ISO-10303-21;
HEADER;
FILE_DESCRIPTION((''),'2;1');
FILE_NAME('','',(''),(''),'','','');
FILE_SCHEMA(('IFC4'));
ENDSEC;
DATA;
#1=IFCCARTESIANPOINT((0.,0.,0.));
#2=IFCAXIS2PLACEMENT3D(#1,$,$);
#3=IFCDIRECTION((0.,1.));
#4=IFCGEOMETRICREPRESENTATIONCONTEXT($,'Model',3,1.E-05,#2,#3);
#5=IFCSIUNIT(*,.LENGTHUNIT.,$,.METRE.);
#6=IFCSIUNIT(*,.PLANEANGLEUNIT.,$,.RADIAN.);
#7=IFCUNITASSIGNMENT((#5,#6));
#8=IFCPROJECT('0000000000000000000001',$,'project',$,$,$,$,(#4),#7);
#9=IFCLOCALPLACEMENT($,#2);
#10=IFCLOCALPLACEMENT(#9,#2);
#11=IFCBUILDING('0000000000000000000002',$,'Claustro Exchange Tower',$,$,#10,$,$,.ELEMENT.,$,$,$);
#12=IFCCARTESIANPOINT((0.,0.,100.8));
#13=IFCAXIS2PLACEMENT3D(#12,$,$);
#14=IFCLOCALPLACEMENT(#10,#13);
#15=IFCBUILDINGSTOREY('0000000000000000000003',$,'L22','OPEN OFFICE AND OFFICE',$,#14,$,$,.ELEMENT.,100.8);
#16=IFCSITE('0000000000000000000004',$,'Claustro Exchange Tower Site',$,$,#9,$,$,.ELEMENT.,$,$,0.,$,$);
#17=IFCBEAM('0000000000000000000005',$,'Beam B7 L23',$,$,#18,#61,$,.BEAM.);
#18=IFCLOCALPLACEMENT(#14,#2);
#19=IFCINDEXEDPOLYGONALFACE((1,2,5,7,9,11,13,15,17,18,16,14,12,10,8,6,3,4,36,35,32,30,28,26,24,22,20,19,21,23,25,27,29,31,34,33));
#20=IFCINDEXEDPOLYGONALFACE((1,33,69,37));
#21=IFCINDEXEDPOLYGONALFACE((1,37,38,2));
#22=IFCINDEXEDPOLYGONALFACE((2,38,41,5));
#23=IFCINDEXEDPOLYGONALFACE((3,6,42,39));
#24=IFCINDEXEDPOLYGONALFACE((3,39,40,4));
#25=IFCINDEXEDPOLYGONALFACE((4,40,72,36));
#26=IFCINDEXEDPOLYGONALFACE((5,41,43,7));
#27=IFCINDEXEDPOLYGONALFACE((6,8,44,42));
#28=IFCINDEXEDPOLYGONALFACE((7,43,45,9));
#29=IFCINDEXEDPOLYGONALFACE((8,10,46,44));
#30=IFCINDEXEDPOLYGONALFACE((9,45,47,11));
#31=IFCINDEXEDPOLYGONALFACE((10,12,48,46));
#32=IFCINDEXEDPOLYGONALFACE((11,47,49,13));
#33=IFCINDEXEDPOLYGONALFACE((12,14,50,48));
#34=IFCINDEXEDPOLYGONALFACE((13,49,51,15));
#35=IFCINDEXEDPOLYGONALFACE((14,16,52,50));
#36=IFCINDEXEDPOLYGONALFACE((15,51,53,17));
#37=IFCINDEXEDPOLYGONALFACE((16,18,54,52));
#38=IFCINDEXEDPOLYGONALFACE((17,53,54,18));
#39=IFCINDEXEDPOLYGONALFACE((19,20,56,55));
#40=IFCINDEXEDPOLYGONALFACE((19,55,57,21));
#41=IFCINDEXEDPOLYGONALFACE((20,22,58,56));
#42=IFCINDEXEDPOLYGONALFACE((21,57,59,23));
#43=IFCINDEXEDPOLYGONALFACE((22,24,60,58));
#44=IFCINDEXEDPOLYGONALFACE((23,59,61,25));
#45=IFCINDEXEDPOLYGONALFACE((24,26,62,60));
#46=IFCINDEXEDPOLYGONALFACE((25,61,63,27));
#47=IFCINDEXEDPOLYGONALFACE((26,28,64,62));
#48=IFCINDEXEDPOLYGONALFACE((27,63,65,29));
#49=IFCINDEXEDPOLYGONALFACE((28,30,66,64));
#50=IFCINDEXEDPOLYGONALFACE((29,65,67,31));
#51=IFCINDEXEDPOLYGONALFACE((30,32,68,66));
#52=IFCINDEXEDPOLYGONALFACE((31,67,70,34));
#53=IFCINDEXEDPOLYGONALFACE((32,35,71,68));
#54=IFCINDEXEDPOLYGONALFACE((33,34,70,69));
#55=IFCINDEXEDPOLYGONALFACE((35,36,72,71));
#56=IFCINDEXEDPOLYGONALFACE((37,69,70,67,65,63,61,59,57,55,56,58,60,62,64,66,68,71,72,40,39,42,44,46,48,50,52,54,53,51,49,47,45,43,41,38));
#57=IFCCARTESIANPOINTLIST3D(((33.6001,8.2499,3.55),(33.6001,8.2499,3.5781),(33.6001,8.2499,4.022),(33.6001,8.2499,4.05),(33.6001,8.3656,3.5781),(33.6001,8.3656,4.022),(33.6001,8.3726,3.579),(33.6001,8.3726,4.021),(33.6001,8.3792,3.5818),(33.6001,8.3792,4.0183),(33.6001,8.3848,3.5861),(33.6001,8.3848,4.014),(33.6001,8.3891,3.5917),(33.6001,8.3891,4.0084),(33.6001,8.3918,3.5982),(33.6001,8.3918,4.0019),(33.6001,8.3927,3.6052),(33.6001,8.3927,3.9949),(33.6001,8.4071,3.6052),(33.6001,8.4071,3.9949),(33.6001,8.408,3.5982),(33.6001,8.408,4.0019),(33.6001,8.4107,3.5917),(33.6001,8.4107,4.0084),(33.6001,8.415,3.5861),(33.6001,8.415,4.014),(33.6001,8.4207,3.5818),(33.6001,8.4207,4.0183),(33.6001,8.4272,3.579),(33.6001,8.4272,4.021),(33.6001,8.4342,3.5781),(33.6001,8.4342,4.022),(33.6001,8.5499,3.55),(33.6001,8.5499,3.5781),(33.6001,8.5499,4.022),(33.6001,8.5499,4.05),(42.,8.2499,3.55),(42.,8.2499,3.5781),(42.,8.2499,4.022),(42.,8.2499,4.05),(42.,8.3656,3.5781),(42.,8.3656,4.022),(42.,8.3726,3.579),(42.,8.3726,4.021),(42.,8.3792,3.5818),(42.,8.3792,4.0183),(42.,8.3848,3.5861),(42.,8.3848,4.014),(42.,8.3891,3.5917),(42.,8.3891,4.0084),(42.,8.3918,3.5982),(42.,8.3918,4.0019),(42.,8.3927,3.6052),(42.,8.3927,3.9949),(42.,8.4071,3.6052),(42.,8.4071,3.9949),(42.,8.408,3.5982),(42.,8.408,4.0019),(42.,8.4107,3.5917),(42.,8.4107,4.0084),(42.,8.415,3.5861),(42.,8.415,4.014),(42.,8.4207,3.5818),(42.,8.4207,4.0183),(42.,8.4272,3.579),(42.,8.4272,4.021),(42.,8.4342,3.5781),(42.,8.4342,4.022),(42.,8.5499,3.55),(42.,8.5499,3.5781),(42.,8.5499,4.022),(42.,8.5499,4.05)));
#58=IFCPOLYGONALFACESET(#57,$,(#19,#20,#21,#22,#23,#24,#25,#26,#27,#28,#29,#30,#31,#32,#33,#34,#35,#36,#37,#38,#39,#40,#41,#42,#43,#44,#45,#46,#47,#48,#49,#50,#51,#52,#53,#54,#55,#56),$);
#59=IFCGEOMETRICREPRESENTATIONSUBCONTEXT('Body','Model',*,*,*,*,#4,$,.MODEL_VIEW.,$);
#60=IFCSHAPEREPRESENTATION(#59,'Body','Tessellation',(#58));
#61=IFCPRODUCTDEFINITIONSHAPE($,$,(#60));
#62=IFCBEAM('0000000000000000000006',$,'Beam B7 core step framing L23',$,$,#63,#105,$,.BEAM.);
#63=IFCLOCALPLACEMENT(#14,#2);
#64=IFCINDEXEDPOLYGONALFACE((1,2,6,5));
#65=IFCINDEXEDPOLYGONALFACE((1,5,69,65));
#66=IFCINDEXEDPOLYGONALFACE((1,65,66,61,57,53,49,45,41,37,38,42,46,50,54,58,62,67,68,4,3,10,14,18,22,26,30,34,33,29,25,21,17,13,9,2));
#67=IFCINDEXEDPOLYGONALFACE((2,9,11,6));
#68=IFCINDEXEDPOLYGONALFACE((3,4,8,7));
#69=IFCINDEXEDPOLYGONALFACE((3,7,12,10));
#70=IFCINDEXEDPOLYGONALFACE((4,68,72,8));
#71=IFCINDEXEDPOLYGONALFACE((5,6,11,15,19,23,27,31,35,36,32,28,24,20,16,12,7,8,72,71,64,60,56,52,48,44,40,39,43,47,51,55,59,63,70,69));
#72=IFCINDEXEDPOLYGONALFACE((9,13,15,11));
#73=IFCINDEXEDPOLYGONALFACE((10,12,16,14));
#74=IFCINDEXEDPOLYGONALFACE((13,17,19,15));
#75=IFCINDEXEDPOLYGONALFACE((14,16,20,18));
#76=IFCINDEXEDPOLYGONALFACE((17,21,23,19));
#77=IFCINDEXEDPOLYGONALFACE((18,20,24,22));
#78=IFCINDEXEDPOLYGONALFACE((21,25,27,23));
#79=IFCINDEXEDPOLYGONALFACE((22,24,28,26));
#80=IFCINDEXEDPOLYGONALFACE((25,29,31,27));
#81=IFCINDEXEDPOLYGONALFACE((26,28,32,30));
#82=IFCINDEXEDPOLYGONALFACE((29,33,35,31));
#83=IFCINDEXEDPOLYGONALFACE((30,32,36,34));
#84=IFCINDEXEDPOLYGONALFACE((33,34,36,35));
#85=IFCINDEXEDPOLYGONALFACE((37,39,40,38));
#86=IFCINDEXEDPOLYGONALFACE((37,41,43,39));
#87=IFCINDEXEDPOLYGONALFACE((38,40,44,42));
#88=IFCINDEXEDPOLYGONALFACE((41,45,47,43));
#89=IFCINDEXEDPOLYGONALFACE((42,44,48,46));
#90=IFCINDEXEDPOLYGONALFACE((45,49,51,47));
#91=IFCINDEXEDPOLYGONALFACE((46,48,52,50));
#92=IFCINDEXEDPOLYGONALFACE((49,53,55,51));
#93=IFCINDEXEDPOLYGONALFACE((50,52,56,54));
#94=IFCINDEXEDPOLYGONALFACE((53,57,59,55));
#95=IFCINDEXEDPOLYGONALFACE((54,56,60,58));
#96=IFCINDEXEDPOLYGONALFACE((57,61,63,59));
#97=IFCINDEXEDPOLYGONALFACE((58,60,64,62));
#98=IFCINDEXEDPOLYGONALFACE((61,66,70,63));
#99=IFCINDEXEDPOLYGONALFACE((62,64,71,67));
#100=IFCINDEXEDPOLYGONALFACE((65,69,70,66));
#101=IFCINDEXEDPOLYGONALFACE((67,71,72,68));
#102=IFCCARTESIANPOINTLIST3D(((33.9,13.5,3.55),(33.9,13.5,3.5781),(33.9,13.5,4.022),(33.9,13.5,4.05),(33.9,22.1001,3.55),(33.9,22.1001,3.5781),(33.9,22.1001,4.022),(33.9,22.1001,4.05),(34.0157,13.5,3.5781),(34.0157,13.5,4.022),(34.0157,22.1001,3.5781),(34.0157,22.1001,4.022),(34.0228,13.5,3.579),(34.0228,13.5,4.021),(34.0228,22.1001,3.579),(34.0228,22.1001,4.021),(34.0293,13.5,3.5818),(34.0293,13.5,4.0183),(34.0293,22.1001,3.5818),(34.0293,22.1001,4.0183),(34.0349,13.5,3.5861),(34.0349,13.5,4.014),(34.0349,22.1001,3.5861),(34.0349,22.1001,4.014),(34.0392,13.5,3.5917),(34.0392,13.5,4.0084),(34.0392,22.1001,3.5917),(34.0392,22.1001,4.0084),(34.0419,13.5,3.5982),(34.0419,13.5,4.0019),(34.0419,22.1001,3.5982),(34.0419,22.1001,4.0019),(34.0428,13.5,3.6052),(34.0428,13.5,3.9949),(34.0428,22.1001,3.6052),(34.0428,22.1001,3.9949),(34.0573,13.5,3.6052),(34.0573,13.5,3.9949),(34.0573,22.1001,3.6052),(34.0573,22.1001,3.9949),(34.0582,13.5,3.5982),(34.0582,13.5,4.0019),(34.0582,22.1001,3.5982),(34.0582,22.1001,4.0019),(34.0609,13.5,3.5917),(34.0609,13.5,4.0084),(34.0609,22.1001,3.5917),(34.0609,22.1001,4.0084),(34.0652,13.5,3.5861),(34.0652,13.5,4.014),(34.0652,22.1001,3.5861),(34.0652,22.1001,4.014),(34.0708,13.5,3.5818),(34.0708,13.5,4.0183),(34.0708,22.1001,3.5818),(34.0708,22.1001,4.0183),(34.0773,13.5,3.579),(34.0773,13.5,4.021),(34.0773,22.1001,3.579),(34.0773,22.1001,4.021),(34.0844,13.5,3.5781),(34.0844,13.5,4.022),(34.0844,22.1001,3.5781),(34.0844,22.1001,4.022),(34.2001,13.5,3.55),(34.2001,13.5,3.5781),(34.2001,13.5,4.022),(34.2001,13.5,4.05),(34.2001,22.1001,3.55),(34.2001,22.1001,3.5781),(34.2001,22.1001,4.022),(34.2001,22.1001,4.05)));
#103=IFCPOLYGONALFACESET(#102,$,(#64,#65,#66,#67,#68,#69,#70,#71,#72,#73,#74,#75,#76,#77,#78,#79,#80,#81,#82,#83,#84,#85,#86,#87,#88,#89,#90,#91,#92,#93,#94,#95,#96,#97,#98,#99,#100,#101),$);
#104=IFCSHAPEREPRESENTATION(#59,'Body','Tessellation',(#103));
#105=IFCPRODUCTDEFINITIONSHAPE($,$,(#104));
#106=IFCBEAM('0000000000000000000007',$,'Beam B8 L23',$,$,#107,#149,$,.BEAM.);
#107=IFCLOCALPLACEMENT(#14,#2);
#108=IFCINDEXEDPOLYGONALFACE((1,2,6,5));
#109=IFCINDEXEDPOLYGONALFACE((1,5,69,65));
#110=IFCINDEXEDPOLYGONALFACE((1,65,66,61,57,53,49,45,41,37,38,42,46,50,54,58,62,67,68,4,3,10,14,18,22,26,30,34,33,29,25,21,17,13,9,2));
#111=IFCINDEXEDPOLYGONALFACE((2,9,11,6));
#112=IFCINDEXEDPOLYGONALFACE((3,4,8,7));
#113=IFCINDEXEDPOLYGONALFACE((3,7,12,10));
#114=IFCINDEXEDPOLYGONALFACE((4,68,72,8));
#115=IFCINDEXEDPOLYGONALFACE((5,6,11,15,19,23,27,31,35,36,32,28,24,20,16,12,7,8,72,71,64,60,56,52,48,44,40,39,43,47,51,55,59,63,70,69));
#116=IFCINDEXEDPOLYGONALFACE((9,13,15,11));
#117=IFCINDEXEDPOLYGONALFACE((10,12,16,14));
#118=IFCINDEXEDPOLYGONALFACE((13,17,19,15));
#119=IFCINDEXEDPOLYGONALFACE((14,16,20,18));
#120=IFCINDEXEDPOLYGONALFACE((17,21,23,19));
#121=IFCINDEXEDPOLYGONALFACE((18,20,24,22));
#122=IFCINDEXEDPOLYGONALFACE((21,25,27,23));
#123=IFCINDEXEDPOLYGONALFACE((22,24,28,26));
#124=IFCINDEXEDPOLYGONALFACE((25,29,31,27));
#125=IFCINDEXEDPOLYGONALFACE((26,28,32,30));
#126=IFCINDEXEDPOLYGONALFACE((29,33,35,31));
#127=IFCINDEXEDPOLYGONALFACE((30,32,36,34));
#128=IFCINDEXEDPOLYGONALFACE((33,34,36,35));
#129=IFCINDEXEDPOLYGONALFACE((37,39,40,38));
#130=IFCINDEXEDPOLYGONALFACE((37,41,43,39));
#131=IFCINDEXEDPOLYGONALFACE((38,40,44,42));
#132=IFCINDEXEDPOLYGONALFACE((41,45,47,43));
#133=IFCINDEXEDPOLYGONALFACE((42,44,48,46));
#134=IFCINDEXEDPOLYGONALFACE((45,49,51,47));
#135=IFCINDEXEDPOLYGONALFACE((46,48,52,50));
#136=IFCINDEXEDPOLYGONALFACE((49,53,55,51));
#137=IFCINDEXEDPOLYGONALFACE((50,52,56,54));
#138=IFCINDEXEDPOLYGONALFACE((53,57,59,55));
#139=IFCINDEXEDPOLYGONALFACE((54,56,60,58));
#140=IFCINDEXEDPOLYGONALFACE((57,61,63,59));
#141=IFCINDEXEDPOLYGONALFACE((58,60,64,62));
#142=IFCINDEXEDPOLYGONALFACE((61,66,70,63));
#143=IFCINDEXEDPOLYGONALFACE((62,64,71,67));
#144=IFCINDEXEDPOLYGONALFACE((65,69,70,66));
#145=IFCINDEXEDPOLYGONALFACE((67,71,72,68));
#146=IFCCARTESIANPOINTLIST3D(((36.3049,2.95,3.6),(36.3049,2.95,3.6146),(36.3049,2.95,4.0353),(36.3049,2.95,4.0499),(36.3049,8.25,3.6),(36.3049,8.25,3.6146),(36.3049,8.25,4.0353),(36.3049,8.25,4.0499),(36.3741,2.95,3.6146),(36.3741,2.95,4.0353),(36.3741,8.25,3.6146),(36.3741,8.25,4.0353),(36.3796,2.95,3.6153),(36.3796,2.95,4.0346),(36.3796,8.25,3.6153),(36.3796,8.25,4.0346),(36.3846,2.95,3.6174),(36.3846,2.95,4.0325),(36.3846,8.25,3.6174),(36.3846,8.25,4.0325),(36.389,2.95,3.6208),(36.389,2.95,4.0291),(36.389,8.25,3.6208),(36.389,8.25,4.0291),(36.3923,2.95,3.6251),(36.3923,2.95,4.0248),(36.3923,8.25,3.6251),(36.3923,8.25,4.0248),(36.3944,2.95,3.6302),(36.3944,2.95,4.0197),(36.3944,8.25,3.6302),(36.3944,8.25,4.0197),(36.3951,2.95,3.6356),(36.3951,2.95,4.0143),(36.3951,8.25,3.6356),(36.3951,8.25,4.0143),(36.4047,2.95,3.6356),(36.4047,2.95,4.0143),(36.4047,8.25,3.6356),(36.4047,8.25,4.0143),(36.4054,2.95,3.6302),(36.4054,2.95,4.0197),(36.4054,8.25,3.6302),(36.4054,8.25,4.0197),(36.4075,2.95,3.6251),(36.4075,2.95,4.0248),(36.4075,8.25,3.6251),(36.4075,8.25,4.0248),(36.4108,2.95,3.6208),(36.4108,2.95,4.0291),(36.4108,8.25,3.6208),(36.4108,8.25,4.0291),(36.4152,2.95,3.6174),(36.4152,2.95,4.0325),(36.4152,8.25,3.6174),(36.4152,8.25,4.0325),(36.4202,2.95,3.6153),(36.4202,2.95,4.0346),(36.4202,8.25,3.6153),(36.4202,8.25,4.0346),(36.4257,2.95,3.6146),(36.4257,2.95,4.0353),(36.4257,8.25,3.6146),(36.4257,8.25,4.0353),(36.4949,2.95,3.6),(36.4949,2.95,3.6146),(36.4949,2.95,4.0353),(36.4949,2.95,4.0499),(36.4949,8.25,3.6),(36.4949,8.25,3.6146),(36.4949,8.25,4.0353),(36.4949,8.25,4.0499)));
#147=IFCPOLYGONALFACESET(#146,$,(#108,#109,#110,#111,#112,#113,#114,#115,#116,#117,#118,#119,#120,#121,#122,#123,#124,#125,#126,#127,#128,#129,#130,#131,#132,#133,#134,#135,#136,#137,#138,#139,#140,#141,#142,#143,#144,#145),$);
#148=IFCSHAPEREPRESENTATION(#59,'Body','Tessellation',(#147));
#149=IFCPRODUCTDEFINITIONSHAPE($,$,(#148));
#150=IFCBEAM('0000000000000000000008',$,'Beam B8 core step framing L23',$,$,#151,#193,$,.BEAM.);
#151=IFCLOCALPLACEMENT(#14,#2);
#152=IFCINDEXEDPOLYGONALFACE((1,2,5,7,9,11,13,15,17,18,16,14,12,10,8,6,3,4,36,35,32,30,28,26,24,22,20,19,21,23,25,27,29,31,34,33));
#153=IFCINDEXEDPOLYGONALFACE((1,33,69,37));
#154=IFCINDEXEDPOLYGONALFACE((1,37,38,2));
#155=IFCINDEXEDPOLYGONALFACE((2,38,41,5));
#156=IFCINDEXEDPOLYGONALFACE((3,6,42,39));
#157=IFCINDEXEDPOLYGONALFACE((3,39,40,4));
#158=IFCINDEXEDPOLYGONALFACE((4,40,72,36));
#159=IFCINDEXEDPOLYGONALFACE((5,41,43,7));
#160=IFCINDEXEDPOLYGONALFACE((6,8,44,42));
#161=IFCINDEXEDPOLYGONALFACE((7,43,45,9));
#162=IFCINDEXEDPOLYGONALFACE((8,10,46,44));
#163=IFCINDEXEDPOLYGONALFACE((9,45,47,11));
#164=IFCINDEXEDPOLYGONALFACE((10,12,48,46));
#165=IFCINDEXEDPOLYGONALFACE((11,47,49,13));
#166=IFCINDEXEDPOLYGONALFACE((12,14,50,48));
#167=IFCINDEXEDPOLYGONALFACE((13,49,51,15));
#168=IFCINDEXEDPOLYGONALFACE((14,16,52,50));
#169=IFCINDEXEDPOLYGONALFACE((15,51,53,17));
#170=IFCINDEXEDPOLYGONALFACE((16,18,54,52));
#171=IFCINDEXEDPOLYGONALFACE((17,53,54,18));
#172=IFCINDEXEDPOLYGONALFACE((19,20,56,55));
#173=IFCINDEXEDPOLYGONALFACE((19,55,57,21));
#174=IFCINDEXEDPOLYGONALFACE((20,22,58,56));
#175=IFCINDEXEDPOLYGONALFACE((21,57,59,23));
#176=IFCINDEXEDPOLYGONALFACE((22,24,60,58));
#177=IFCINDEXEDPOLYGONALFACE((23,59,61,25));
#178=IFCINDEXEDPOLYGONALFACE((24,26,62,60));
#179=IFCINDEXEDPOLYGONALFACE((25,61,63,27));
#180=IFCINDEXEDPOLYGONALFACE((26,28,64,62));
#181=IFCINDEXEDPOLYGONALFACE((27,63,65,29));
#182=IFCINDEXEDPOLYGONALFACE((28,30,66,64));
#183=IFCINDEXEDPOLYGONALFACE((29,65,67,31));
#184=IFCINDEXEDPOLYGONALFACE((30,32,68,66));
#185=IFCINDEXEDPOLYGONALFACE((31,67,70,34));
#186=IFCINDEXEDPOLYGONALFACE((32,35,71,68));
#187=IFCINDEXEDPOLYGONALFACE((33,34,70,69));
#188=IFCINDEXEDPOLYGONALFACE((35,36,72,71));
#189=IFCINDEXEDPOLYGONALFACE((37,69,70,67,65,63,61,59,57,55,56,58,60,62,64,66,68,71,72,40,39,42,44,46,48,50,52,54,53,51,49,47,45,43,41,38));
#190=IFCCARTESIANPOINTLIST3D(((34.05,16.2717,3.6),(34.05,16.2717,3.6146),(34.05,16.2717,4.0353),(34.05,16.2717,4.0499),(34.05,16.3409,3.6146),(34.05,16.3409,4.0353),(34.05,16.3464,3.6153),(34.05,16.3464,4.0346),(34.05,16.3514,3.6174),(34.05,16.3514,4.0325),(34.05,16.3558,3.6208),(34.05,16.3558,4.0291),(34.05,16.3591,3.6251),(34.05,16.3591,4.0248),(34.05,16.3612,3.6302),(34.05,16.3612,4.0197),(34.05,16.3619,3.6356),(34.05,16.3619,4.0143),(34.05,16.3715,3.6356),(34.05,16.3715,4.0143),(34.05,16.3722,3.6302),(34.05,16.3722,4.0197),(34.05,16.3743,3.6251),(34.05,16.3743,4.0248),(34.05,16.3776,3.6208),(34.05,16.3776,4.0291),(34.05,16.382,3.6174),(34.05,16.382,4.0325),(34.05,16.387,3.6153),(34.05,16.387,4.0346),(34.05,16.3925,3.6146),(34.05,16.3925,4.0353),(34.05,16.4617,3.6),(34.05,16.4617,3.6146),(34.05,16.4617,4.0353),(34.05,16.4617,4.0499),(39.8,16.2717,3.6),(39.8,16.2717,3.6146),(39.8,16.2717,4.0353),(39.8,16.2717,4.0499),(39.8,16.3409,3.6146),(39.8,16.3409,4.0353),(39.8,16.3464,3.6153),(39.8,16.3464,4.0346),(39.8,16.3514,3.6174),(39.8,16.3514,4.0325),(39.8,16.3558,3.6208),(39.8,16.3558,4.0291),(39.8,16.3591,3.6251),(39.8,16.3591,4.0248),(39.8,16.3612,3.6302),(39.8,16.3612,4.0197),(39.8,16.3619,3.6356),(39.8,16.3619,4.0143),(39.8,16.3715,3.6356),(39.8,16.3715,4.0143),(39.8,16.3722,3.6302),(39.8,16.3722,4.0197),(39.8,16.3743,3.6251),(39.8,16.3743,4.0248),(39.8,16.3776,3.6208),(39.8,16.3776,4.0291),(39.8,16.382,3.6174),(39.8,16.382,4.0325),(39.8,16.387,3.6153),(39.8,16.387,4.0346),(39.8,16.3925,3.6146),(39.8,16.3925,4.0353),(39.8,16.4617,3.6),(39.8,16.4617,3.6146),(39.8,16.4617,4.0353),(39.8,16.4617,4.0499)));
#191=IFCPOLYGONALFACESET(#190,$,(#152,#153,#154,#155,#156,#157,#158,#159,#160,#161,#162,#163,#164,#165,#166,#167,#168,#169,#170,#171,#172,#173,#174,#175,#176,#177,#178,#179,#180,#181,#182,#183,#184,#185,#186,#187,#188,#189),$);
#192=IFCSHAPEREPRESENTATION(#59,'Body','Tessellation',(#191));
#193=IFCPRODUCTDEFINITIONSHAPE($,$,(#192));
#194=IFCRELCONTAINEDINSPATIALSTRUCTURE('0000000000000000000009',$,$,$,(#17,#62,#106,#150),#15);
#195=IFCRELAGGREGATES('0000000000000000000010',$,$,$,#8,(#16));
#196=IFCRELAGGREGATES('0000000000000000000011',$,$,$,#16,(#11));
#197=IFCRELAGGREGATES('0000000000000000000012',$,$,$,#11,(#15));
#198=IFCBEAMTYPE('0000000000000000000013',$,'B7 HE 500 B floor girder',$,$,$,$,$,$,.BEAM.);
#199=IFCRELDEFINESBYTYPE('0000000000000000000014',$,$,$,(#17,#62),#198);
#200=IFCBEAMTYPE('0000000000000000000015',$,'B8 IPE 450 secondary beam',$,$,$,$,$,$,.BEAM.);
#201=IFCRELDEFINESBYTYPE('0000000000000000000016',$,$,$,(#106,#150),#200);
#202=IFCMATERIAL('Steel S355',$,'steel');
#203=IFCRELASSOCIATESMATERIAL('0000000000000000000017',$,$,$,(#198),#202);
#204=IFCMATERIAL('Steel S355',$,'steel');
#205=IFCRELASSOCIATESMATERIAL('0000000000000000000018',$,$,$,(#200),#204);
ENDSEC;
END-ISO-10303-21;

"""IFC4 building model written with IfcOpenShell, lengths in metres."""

from ifc_helpers import new_model, si_unit, direction, frame, origin, origin_2d, place, context, subcontext, project, spatial, i_section, extrude, material, material_profile, profile_set, type_object, element, save


model = new_model("IFC4")

# Units and contexts
model_context = context("Model", 3, precision=1e-05, world=origin(), true_north=direction((0.0, 1.0)))
body_context = subcontext(model_context, "Body", "Model", "MODEL_VIEW")
ifc_project = project(units=[si_unit("LENGTHUNIT", "METRE"), si_unit("PLANEANGLEUNIT", "RADIAN")], contexts=[model_context])

# Site, building, storey
site_placement = place(None, origin())
site = spatial("IfcSite", under=ifc_project, at=site_placement, Name="Claustro Exchange Tower Site", CompositionType="ELEMENT", RefElevation=0.0)
building_placement = place(site_placement, origin())
building = spatial("IfcBuilding", under=site, at=building_placement, Name="Claustro Exchange Tower", CompositionType="ELEMENT")
storey_placement = place(building_placement, frame((0.0, 0.0, 100.8)))
storey = spatial("IfcBuildingStorey", under=building, at=storey_placement, Name="L22", Description="OPEN OFFICE AND OFFICE", CompositionType="ELEMENT", Elevation=100.8)

# Beams
ifc_material_1 = material(Name="Steel S355", Category="steel")
ifc_material_profile_1 = material_profile(ifc_material_1, i_section(OverallWidth=0.3, OverallDepth=0.5, WebThickness=0.0144, FlangeThickness=0.0281, FilletRadius=0.0271, at=origin_2d()), Name="HE 500 B")
ifc_profile_set_1 = profile_set([ifc_material_profile_1], Name="Steel S355")
beam_type_1 = type_object("IfcBeamType", Name="B7 HE 500 B floor girder", PredefinedType="BEAM", material=ifc_profile_set_1)
beam_1_placement = place(storey_placement, frame((33.6001, 8.3999, 3.8), z_axis=(1.0, 0.0, 0.0), x_axis=(0.0, 1.0, 0.0)))
element("IfcBeam", 1, at=beam_1_placement, inside=storey, type_object=beam_type_1, Name="Beam B7 L23", PredefinedType="BEAM", context=body_context, shape_type="SweptSolid", body=[
    extrude(i_section(OverallWidth=0.3, OverallDepth=0.5, WebThickness=0.0144, FlangeThickness=0.0281, FilletRadius=0.0271, at=origin_2d()), origin(), (0.0, 0.0, 1.0), 8.3999),
])
beam_2_placement = place(storey_placement, frame((34.05, 13.5, 3.8), z_axis=(0.0, 1.0, 0.0), x_axis=(-1.0, 0.0, 0.0)))
element("IfcBeam", 2, at=beam_2_placement, inside=storey, type_object=beam_type_1, Name="Beam B7 core step framing L23", PredefinedType="BEAM", context=body_context, shape_type="SweptSolid", body=[
    extrude(i_section(OverallWidth=0.3, OverallDepth=0.5, WebThickness=0.0144, FlangeThickness=0.0281, FilletRadius=0.0271, at=origin_2d()), origin(), (0.0, 0.0, 1.0), 8.6001),
])
ifc_material_2 = material(Name="Steel S355", Category="steel")
ifc_material_profile_2 = material_profile(ifc_material_2, i_section(OverallWidth=0.1899, OverallDepth=0.45, WebThickness=0.0095, FlangeThickness=0.0146, FilletRadius=0.021, at=origin_2d()), Name="IPE 450")
ifc_profile_set_2 = profile_set([ifc_material_profile_2], Name="Steel S355")
beam_type_2 = type_object("IfcBeamType", Name="B8 IPE 450 secondary beam", PredefinedType="BEAM", material=ifc_profile_set_2)
beam_3_placement = place(storey_placement, frame((36.3999, 2.95, 3.825), z_axis=(0.0, 1.0, 0.0), x_axis=(-1.0, 0.0, 0.0)))
element("IfcBeam", 3, at=beam_3_placement, inside=storey, type_object=beam_type_2, Name="Beam B8 L23", PredefinedType="BEAM", context=body_context, shape_type="SweptSolid", body=[
    extrude(i_section(OverallWidth=0.1899, OverallDepth=0.45, WebThickness=0.0095, FlangeThickness=0.0146, FilletRadius=0.021, at=origin_2d()), origin(), (0.0, 0.0, 1.0), 5.3),
])
for number, where, z_axis, x_axis, name in (
    (4, (34.05, 16.3667, 3.825), (1.0, 0.0, 0.0), (0.0, 1.0, 0.0), "Beam B8 core step framing L23"),
):
    element("IfcBeam", number, at=place(storey_placement, frame(where, z_axis=z_axis, x_axis=x_axis)), inside=storey, type_object=beam_type_2, Name=name, PredefinedType="BEAM", context=body_context, shape_type="SweptSolid", body=[
        extrude(i_section(OverallWidth=0.1899, OverallDepth=0.45, WebThickness=0.0095, FlangeThickness=0.0146, FilletRadius=0.021, at=origin_2d()), origin(), (0.0, 0.0, 1.0), 5.75),
    ])

save(model, "model.ifc")
